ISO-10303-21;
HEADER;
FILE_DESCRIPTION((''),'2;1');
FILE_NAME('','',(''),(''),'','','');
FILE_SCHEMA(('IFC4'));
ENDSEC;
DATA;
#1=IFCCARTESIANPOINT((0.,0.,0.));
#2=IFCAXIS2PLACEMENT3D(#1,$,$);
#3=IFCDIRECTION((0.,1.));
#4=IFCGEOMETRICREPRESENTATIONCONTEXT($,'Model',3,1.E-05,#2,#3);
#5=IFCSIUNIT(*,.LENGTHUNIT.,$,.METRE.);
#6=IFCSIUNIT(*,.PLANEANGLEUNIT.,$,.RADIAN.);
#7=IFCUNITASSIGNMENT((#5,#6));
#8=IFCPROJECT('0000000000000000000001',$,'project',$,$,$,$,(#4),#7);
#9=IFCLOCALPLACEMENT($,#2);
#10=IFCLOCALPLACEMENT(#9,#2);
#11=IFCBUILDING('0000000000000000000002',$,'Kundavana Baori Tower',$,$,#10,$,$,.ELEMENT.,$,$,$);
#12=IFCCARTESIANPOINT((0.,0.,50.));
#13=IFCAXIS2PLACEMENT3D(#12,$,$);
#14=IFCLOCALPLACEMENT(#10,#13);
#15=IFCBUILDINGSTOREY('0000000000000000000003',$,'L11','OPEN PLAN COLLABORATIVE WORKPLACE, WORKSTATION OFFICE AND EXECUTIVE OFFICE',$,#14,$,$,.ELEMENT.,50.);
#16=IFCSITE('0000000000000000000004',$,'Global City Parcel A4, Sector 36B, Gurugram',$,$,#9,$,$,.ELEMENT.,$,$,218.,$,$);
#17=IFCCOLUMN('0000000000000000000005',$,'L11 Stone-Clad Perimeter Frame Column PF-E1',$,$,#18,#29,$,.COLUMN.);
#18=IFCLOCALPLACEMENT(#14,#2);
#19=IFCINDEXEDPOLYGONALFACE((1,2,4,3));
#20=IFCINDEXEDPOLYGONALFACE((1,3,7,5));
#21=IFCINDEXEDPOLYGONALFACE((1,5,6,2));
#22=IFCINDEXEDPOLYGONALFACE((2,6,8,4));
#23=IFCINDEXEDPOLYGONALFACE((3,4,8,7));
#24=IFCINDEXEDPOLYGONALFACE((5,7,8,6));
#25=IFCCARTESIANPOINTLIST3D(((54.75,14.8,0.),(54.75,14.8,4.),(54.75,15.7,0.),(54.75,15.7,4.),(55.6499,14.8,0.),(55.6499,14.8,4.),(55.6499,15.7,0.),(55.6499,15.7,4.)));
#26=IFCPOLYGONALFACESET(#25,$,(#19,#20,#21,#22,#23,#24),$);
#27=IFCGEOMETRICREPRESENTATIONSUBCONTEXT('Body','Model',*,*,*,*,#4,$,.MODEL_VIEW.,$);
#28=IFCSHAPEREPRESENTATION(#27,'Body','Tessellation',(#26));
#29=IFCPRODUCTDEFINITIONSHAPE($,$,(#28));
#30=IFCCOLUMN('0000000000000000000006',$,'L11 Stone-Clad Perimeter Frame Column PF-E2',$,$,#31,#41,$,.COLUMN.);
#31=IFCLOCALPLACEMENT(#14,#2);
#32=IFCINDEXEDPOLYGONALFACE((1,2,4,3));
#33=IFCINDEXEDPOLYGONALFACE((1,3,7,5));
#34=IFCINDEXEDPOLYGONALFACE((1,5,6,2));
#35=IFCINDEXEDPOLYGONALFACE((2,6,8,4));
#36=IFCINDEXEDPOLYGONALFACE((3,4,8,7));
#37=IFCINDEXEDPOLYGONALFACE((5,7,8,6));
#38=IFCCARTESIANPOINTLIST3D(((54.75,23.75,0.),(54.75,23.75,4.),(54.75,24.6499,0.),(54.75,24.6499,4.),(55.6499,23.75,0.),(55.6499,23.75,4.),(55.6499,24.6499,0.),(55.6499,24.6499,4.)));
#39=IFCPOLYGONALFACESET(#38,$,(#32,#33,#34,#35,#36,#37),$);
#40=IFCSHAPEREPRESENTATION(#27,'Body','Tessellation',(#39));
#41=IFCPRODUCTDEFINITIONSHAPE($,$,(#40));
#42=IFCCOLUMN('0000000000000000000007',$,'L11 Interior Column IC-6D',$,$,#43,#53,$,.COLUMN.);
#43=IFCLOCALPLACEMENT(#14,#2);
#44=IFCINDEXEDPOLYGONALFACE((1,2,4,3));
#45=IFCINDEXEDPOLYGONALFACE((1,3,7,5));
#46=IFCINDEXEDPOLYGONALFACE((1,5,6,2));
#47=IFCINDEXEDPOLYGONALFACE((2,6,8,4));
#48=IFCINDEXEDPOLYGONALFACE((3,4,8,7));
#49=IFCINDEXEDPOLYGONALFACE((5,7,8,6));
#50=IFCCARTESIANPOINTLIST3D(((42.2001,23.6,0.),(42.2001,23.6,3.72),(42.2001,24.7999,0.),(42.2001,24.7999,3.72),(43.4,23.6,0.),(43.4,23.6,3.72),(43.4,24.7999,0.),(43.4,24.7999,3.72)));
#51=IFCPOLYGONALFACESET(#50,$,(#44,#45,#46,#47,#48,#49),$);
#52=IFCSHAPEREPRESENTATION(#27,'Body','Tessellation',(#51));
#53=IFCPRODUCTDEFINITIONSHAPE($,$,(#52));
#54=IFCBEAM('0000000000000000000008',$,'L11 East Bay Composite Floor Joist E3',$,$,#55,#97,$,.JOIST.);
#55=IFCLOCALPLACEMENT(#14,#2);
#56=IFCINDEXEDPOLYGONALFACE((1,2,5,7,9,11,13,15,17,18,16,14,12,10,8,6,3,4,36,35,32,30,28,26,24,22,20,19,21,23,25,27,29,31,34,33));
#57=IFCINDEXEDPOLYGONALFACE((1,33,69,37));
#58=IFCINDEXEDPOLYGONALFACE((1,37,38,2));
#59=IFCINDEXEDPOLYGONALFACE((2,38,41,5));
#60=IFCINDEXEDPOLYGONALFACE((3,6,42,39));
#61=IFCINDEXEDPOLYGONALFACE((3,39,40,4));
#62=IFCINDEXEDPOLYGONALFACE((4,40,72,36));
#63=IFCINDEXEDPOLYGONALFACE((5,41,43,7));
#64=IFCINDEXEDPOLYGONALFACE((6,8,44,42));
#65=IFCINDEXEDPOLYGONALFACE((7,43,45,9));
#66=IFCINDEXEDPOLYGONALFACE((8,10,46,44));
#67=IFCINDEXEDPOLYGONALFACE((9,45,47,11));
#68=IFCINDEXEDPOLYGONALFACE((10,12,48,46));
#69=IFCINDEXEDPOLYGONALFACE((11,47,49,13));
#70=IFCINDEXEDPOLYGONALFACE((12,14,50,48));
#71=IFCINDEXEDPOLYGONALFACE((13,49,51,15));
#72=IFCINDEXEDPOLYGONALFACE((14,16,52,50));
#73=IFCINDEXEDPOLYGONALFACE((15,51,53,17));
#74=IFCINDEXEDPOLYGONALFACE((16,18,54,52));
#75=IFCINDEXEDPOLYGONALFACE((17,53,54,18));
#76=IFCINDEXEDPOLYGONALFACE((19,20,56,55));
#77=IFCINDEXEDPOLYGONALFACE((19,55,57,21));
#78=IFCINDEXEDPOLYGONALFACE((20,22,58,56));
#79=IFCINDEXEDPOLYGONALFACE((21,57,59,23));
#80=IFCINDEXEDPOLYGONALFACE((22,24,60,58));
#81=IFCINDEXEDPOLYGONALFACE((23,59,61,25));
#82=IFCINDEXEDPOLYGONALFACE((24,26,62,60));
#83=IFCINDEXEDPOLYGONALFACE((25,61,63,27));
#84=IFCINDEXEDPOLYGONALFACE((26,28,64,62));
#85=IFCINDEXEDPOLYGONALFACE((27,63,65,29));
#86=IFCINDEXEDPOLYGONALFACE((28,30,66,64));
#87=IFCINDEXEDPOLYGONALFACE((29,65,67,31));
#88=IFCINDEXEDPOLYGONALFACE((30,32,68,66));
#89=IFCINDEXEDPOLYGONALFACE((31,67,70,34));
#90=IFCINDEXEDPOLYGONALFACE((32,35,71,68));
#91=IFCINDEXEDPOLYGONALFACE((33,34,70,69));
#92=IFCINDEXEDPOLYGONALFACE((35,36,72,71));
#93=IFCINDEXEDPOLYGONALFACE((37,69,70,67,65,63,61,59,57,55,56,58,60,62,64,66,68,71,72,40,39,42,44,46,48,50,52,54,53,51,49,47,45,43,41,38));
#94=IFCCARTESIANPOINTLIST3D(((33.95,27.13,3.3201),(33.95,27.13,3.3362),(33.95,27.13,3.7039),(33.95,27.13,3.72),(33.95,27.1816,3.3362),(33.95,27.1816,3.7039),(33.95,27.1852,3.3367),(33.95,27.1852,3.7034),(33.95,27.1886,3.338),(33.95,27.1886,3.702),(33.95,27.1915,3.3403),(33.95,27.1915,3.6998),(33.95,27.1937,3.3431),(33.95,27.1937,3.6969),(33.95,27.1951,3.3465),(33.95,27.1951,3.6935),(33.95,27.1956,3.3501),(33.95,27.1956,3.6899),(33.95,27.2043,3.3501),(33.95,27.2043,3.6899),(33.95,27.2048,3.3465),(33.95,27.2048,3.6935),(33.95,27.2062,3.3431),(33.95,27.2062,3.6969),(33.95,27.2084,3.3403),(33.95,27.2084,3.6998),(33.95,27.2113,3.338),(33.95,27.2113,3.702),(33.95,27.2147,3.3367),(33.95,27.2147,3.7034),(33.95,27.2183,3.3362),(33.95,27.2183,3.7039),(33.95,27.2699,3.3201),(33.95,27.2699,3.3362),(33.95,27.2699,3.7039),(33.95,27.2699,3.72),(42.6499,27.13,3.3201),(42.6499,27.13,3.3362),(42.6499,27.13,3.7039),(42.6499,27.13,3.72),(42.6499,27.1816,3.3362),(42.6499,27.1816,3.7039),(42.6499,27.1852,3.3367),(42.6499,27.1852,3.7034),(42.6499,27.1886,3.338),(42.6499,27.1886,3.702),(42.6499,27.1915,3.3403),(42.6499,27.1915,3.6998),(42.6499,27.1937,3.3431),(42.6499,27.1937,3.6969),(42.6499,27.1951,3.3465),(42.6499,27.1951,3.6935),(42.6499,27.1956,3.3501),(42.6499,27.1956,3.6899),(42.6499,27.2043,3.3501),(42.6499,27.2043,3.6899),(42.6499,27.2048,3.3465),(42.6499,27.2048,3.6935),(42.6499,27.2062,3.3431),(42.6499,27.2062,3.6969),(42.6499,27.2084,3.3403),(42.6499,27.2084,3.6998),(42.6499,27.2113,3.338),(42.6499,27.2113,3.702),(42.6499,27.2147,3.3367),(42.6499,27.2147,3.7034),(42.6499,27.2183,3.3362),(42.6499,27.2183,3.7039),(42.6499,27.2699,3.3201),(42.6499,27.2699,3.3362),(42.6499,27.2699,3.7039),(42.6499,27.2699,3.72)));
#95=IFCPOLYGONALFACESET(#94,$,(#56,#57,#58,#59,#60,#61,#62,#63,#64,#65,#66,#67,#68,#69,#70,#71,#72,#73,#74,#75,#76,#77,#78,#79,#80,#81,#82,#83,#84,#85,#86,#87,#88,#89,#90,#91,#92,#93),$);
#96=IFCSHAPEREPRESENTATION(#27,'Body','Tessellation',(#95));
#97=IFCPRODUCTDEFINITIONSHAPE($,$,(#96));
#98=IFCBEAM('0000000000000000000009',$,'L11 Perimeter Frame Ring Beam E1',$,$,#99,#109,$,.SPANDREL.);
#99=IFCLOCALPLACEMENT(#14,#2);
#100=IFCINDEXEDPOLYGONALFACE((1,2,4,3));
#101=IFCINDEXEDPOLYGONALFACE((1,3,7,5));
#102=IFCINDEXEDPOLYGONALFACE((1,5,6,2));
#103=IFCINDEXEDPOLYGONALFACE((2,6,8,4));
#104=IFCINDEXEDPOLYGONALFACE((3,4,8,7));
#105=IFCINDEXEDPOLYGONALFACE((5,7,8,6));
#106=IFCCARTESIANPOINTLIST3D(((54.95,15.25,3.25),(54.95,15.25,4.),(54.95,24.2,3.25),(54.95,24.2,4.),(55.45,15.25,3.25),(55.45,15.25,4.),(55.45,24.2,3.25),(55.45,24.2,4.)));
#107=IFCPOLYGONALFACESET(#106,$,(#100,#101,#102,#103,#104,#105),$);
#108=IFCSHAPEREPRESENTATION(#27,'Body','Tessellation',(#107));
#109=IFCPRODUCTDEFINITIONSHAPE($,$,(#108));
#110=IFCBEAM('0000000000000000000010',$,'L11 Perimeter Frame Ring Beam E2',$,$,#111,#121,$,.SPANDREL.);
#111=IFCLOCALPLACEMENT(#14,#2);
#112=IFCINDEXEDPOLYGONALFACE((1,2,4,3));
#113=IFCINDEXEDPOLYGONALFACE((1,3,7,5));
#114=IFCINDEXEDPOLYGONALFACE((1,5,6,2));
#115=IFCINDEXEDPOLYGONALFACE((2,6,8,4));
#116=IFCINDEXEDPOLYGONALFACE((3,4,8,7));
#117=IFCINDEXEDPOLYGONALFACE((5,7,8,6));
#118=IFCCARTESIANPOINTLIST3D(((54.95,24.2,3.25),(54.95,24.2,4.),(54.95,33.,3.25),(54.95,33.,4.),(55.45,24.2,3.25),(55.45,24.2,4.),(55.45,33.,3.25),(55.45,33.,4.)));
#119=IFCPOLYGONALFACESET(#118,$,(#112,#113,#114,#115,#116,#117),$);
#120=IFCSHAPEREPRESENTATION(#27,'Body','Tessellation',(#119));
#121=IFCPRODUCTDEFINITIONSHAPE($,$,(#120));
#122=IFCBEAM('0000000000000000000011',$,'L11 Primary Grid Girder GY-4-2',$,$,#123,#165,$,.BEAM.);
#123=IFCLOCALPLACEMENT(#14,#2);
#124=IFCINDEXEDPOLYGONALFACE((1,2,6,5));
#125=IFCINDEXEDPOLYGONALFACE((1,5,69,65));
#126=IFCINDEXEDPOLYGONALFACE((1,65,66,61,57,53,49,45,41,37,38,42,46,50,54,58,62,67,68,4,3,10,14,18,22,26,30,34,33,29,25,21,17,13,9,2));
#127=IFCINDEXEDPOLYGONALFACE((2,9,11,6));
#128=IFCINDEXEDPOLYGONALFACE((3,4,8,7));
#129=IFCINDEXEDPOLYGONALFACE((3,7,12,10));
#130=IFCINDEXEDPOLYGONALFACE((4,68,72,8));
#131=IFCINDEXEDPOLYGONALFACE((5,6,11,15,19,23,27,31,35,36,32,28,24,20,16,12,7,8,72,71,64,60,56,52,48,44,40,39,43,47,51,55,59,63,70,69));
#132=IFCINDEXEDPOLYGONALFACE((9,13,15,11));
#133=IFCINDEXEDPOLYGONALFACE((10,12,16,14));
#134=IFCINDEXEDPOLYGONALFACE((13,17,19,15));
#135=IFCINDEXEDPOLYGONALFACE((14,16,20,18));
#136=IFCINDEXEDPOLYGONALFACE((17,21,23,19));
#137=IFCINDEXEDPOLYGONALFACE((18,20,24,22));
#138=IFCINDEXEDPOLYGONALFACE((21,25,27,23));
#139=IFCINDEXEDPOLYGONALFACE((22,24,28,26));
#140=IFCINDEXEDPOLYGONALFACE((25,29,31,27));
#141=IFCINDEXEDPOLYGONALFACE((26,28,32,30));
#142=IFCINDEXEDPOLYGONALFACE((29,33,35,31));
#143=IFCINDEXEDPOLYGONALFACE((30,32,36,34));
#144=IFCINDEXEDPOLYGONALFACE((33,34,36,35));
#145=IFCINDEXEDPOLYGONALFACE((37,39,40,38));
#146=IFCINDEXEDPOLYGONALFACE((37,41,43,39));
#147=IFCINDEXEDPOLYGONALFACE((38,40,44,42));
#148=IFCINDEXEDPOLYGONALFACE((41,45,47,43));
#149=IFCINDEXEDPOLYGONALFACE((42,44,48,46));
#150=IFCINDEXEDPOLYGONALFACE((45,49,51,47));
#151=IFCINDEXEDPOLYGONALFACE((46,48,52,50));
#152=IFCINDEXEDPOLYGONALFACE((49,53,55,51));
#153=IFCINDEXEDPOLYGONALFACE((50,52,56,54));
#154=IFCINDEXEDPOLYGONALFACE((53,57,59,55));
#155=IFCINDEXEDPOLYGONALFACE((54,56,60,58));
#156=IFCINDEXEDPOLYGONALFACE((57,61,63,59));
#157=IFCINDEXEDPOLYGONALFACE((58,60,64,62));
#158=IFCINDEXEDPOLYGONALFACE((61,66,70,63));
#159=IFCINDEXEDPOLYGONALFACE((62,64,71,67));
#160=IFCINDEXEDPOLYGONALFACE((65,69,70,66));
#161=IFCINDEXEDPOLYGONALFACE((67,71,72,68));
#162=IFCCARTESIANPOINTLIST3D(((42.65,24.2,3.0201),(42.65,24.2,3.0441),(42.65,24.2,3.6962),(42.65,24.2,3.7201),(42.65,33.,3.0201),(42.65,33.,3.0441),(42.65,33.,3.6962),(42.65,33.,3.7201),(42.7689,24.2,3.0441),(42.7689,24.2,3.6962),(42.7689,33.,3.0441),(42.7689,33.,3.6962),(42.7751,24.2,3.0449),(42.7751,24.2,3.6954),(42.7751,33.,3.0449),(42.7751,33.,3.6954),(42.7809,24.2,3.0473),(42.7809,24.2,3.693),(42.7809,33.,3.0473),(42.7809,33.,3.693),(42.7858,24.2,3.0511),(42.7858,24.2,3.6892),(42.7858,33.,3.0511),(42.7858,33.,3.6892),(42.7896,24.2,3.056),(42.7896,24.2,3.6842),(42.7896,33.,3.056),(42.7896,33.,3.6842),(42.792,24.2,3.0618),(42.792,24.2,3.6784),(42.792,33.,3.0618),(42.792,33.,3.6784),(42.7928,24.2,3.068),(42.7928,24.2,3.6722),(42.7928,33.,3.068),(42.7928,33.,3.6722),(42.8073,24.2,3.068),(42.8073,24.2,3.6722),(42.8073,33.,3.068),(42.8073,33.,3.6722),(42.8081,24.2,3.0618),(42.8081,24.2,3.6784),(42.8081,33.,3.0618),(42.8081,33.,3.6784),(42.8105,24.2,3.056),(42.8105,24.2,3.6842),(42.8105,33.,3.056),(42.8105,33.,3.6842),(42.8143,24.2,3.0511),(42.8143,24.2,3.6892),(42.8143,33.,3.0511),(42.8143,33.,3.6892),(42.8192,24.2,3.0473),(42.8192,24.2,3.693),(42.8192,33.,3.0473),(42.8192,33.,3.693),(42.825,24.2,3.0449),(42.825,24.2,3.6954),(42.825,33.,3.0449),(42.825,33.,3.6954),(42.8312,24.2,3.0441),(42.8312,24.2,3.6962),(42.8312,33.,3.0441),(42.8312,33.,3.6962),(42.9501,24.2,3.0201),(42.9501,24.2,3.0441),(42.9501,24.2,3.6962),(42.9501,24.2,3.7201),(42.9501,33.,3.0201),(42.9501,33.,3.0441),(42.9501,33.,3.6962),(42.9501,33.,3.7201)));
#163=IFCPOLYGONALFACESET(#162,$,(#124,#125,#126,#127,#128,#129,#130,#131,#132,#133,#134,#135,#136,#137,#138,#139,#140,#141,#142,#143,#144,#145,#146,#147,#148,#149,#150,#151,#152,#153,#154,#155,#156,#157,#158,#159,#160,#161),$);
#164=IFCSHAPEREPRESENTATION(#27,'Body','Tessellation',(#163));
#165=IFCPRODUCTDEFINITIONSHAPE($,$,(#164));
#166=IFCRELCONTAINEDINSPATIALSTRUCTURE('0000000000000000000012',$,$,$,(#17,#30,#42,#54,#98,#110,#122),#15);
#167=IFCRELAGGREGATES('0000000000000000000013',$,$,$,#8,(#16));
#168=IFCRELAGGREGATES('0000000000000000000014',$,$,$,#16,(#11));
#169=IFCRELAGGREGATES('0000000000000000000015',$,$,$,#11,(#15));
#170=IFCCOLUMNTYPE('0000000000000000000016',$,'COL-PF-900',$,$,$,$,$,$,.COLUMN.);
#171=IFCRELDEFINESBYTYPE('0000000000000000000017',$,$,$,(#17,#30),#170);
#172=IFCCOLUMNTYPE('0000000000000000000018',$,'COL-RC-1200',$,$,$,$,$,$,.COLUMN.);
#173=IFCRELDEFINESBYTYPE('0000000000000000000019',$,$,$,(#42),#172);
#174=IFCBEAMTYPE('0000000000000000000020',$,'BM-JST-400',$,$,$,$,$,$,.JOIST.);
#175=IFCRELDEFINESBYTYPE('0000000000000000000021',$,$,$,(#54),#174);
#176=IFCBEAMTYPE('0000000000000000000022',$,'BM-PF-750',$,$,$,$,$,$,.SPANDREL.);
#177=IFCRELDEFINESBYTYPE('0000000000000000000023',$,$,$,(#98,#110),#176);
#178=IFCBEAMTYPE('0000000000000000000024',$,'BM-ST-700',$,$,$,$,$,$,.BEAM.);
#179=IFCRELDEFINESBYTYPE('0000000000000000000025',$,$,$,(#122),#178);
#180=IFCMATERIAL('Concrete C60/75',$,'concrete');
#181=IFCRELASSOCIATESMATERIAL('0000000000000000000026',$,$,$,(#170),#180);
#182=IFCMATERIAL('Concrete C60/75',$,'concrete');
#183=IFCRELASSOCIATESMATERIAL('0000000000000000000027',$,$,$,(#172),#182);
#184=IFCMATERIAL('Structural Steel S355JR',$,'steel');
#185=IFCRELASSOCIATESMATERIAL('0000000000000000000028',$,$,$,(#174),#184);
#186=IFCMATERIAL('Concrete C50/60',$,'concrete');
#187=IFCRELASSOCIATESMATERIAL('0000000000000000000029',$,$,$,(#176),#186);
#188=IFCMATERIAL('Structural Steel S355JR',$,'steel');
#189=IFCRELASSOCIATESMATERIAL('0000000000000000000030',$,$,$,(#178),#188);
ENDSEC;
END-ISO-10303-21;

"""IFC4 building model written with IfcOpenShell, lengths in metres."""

from ifc_helpers import new_model, si_unit, direction, frame, origin, origin_2d, place, context, subcontext, project, spatial, rectangle, i_section, extrude, material, material_profile, profile_set, type_object, element, save


model = new_model("IFC4")

# Units and contexts
model_context = context("Model", 3, precision=1e-05, world=origin(), true_north=direction((0.0, 1.0)))
body_context = subcontext(model_context, "Body", "Model", "MODEL_VIEW")
ifc_project = project(units=[si_unit("LENGTHUNIT", "METRE"), si_unit("PLANEANGLEUNIT", "RADIAN")], contexts=[model_context])

# Site, building, storey
site_placement = place(None, origin())
site = spatial("IfcSite", under=ifc_project, at=site_placement, Name="Global City Parcel A4, Sector 36B, Gurugram", CompositionType="ELEMENT", RefElevation=218.0)
building_placement = place(site_placement, origin())
building = spatial("IfcBuilding", under=site, at=building_placement, Name="Kundavana Baori Tower", CompositionType="ELEMENT")
storey_placement = place(building_placement, frame((0.0, 0.0, 50.0)))
storey = spatial("IfcBuildingStorey", under=building, at=storey_placement, Name="L11", Description="OPEN PLAN COLLABORATIVE WORKPLACE, WORKSTATION OFFICE AND EXECUTIVE OFFICE", CompositionType="ELEMENT", Elevation=50.0)

# Columns
ifc_material_1 = material(Name="Concrete C60/75", Category="concrete")
ifc_material_profile_1 = material_profile(ifc_material_1, rectangle(XDim=0.8999, YDim=0.8999, at=origin_2d()), Name="RC PF 900x900")
ifc_profile_set_1 = profile_set([ifc_material_profile_1], Name="Concrete C60/75")
column_type_1 = type_object("IfcColumnType", Name="COL-PF-900", PredefinedType="COLUMN", material=ifc_profile_set_1)
for number, where, z_axis, x_axis, name in (
    (1, (55.2, 15.25, 0.0), (0.0, 0.0, 1.0), (1.0, 0.0, 0.0), "L11 Stone-Clad Perimeter Frame Column PF-E1"),
    (2, (55.2, 24.2, 0.0), (0.0, 0.0, 1.0), (1.0, 0.0, 0.0), "L11 Stone-Clad Perimeter Frame Column PF-E2"),
):
    element("IfcColumn", number, at=place(storey_placement, frame(where, z_axis=z_axis, x_axis=x_axis)), inside=storey, type_object=column_type_1, Name=name, PredefinedType="COLUMN", context=body_context, shape_type="SweptSolid", body=[
        extrude(rectangle(XDim=0.8999, YDim=0.8999, at=origin_2d()), origin(), (0.0, 0.0, 1.0), 4.0),
    ])
ifc_material_2 = material(Name="Concrete C60/75", Category="concrete")
ifc_material_profile_2 = material_profile(ifc_material_2, rectangle(XDim=1.2, YDim=1.2, at=origin_2d()), Name="RC 1200x1200")
ifc_profile_set_2 = profile_set([ifc_material_profile_2], Name="Concrete C60/75")
column_type_2 = type_object("IfcColumnType", Name="COL-RC-1200", PredefinedType="COLUMN", material=ifc_profile_set_2)
column_placement = place(storey_placement, frame((42.8, 24.2, 0.0), z_axis=(0.0, 0.0, 1.0), x_axis=(1.0, 0.0, 0.0)))
element("IfcColumn", 3, at=column_placement, inside=storey, type_object=column_type_2, Name="L11 Interior Column IC-6D", PredefinedType="COLUMN", context=body_context, shape_type="SweptSolid", body=[
    extrude(rectangle(XDim=1.2, YDim=1.2, at=origin_2d()), origin(), (0.0, 0.0, 1.0), 3.72),
])

# Beams
ifc_material_3 = material(Name="Structural Steel S355JR", Category="steel")
ifc_material_profile_3 = material_profile(ifc_material_3, i_section(OverallWidth=0.1399, OverallDepth=0.3999, WebThickness=0.0088, FlangeThickness=0.0161, FilletRadius=0.0139, at=origin_2d()), Name="ISMB 400")
ifc_profile_set_3 = profile_set([ifc_material_profile_3], Name="Structural Steel S355JR")
beam_type_1 = type_object("IfcBeamType", Name="BM-JST-400", PredefinedType="JOIST", material=ifc_profile_set_3)
beam_1_placement = place(storey_placement, frame((33.95, 27.2, 3.52), z_axis=(1.0, 0.0, 0.0), x_axis=(0.0, 1.0, 0.0)))
element("IfcBeam", 4, at=beam_1_placement, inside=storey, type_object=beam_type_1, Name="L11 East Bay Composite Floor Joist E3", PredefinedType="JOIST", context=body_context, shape_type="SweptSolid", body=[
    extrude(i_section(OverallWidth=0.1399, OverallDepth=0.3999, WebThickness=0.0088, FlangeThickness=0.0161, FilletRadius=0.0139, at=origin_2d()), origin(), (0.0, 0.0, 1.0), 8.7),
])
ifc_material_4 = material(Name="Concrete C50/60", Category="concrete")
ifc_material_profile_4 = material_profile(ifc_material_4, rectangle(XDim=0.5, YDim=0.75, at=origin_2d()), Name="RC BM 500x750")
ifc_profile_set_4 = profile_set([ifc_material_profile_4], Name="Concrete C50/60")
beam_type_2 = type_object("IfcBeamType", Name="BM-PF-750", PredefinedType="SPANDREL", material=ifc_profile_set_4)
beam_2_placement = place(storey_placement, frame((55.2, 15.25, 3.625), z_axis=(0.0, 1.0, 0.0), x_axis=(-1.0, 0.0, 0.0)))
element("IfcBeam", 5, at=beam_2_placement, inside=storey, type_object=beam_type_2, Name="L11 Perimeter Frame Ring Beam E1", PredefinedType="SPANDREL", context=body_context, shape_type="SweptSolid", body=[
    extrude(rectangle(XDim=0.5, YDim=0.75, at=origin_2d()), origin(), (0.0, 0.0, 1.0), 8.95),
])
beam_3_placement = place(storey_placement, frame((55.2, 24.2, 3.625), z_axis=(0.0, 1.0, 0.0), x_axis=(-1.0, 0.0, 0.0)))
element("IfcBeam", 6, at=beam_3_placement, inside=storey, type_object=beam_type_2, Name="L11 Perimeter Frame Ring Beam E2", PredefinedType="SPANDREL", context=body_context, shape_type="SweptSolid", body=[
    extrude(rectangle(XDim=0.5, YDim=0.75, at=origin_2d()), origin(), (0.0, 0.0, 1.0), 8.8),
])
ifc_material_5 = material(Name="Structural Steel S355JR", Category="steel")
ifc_material_profile_5 = material_profile(ifc_material_5, i_section(OverallWidth=0.3, OverallDepth=0.7, WebThickness=0.0144, FlangeThickness=0.0239, FilletRadius=0.0239, at=origin_2d()), Name="NPB 700x300x170")
ifc_profile_set_5 = profile_set([ifc_material_profile_5], Name="Structural Steel S355JR")
beam_type_3 = type_object("IfcBeamType", Name="BM-ST-700", PredefinedType="BEAM", material=ifc_profile_set_5)
beam_4_placement = place(storey_placement, frame((42.8, 24.2, 3.3701), z_axis=(0.0, 1.0, 0.0), x_axis=(-1.0, 0.0, 0.0)))
element("IfcBeam", 7, at=beam_4_placement, inside=storey, type_object=beam_type_3, Name="L11 Primary Grid Girder GY-4-2", PredefinedType="BEAM", context=body_context, shape_type="SweptSolid", body=[
    extrude(i_section(OverallWidth=0.3, OverallDepth=0.7, WebThickness=0.0144, FlangeThickness=0.0239, FilletRadius=0.0239, at=origin_2d()), origin(), (0.0, 0.0, 1.0), 8.8),
])

save(model, "model.ifc")
